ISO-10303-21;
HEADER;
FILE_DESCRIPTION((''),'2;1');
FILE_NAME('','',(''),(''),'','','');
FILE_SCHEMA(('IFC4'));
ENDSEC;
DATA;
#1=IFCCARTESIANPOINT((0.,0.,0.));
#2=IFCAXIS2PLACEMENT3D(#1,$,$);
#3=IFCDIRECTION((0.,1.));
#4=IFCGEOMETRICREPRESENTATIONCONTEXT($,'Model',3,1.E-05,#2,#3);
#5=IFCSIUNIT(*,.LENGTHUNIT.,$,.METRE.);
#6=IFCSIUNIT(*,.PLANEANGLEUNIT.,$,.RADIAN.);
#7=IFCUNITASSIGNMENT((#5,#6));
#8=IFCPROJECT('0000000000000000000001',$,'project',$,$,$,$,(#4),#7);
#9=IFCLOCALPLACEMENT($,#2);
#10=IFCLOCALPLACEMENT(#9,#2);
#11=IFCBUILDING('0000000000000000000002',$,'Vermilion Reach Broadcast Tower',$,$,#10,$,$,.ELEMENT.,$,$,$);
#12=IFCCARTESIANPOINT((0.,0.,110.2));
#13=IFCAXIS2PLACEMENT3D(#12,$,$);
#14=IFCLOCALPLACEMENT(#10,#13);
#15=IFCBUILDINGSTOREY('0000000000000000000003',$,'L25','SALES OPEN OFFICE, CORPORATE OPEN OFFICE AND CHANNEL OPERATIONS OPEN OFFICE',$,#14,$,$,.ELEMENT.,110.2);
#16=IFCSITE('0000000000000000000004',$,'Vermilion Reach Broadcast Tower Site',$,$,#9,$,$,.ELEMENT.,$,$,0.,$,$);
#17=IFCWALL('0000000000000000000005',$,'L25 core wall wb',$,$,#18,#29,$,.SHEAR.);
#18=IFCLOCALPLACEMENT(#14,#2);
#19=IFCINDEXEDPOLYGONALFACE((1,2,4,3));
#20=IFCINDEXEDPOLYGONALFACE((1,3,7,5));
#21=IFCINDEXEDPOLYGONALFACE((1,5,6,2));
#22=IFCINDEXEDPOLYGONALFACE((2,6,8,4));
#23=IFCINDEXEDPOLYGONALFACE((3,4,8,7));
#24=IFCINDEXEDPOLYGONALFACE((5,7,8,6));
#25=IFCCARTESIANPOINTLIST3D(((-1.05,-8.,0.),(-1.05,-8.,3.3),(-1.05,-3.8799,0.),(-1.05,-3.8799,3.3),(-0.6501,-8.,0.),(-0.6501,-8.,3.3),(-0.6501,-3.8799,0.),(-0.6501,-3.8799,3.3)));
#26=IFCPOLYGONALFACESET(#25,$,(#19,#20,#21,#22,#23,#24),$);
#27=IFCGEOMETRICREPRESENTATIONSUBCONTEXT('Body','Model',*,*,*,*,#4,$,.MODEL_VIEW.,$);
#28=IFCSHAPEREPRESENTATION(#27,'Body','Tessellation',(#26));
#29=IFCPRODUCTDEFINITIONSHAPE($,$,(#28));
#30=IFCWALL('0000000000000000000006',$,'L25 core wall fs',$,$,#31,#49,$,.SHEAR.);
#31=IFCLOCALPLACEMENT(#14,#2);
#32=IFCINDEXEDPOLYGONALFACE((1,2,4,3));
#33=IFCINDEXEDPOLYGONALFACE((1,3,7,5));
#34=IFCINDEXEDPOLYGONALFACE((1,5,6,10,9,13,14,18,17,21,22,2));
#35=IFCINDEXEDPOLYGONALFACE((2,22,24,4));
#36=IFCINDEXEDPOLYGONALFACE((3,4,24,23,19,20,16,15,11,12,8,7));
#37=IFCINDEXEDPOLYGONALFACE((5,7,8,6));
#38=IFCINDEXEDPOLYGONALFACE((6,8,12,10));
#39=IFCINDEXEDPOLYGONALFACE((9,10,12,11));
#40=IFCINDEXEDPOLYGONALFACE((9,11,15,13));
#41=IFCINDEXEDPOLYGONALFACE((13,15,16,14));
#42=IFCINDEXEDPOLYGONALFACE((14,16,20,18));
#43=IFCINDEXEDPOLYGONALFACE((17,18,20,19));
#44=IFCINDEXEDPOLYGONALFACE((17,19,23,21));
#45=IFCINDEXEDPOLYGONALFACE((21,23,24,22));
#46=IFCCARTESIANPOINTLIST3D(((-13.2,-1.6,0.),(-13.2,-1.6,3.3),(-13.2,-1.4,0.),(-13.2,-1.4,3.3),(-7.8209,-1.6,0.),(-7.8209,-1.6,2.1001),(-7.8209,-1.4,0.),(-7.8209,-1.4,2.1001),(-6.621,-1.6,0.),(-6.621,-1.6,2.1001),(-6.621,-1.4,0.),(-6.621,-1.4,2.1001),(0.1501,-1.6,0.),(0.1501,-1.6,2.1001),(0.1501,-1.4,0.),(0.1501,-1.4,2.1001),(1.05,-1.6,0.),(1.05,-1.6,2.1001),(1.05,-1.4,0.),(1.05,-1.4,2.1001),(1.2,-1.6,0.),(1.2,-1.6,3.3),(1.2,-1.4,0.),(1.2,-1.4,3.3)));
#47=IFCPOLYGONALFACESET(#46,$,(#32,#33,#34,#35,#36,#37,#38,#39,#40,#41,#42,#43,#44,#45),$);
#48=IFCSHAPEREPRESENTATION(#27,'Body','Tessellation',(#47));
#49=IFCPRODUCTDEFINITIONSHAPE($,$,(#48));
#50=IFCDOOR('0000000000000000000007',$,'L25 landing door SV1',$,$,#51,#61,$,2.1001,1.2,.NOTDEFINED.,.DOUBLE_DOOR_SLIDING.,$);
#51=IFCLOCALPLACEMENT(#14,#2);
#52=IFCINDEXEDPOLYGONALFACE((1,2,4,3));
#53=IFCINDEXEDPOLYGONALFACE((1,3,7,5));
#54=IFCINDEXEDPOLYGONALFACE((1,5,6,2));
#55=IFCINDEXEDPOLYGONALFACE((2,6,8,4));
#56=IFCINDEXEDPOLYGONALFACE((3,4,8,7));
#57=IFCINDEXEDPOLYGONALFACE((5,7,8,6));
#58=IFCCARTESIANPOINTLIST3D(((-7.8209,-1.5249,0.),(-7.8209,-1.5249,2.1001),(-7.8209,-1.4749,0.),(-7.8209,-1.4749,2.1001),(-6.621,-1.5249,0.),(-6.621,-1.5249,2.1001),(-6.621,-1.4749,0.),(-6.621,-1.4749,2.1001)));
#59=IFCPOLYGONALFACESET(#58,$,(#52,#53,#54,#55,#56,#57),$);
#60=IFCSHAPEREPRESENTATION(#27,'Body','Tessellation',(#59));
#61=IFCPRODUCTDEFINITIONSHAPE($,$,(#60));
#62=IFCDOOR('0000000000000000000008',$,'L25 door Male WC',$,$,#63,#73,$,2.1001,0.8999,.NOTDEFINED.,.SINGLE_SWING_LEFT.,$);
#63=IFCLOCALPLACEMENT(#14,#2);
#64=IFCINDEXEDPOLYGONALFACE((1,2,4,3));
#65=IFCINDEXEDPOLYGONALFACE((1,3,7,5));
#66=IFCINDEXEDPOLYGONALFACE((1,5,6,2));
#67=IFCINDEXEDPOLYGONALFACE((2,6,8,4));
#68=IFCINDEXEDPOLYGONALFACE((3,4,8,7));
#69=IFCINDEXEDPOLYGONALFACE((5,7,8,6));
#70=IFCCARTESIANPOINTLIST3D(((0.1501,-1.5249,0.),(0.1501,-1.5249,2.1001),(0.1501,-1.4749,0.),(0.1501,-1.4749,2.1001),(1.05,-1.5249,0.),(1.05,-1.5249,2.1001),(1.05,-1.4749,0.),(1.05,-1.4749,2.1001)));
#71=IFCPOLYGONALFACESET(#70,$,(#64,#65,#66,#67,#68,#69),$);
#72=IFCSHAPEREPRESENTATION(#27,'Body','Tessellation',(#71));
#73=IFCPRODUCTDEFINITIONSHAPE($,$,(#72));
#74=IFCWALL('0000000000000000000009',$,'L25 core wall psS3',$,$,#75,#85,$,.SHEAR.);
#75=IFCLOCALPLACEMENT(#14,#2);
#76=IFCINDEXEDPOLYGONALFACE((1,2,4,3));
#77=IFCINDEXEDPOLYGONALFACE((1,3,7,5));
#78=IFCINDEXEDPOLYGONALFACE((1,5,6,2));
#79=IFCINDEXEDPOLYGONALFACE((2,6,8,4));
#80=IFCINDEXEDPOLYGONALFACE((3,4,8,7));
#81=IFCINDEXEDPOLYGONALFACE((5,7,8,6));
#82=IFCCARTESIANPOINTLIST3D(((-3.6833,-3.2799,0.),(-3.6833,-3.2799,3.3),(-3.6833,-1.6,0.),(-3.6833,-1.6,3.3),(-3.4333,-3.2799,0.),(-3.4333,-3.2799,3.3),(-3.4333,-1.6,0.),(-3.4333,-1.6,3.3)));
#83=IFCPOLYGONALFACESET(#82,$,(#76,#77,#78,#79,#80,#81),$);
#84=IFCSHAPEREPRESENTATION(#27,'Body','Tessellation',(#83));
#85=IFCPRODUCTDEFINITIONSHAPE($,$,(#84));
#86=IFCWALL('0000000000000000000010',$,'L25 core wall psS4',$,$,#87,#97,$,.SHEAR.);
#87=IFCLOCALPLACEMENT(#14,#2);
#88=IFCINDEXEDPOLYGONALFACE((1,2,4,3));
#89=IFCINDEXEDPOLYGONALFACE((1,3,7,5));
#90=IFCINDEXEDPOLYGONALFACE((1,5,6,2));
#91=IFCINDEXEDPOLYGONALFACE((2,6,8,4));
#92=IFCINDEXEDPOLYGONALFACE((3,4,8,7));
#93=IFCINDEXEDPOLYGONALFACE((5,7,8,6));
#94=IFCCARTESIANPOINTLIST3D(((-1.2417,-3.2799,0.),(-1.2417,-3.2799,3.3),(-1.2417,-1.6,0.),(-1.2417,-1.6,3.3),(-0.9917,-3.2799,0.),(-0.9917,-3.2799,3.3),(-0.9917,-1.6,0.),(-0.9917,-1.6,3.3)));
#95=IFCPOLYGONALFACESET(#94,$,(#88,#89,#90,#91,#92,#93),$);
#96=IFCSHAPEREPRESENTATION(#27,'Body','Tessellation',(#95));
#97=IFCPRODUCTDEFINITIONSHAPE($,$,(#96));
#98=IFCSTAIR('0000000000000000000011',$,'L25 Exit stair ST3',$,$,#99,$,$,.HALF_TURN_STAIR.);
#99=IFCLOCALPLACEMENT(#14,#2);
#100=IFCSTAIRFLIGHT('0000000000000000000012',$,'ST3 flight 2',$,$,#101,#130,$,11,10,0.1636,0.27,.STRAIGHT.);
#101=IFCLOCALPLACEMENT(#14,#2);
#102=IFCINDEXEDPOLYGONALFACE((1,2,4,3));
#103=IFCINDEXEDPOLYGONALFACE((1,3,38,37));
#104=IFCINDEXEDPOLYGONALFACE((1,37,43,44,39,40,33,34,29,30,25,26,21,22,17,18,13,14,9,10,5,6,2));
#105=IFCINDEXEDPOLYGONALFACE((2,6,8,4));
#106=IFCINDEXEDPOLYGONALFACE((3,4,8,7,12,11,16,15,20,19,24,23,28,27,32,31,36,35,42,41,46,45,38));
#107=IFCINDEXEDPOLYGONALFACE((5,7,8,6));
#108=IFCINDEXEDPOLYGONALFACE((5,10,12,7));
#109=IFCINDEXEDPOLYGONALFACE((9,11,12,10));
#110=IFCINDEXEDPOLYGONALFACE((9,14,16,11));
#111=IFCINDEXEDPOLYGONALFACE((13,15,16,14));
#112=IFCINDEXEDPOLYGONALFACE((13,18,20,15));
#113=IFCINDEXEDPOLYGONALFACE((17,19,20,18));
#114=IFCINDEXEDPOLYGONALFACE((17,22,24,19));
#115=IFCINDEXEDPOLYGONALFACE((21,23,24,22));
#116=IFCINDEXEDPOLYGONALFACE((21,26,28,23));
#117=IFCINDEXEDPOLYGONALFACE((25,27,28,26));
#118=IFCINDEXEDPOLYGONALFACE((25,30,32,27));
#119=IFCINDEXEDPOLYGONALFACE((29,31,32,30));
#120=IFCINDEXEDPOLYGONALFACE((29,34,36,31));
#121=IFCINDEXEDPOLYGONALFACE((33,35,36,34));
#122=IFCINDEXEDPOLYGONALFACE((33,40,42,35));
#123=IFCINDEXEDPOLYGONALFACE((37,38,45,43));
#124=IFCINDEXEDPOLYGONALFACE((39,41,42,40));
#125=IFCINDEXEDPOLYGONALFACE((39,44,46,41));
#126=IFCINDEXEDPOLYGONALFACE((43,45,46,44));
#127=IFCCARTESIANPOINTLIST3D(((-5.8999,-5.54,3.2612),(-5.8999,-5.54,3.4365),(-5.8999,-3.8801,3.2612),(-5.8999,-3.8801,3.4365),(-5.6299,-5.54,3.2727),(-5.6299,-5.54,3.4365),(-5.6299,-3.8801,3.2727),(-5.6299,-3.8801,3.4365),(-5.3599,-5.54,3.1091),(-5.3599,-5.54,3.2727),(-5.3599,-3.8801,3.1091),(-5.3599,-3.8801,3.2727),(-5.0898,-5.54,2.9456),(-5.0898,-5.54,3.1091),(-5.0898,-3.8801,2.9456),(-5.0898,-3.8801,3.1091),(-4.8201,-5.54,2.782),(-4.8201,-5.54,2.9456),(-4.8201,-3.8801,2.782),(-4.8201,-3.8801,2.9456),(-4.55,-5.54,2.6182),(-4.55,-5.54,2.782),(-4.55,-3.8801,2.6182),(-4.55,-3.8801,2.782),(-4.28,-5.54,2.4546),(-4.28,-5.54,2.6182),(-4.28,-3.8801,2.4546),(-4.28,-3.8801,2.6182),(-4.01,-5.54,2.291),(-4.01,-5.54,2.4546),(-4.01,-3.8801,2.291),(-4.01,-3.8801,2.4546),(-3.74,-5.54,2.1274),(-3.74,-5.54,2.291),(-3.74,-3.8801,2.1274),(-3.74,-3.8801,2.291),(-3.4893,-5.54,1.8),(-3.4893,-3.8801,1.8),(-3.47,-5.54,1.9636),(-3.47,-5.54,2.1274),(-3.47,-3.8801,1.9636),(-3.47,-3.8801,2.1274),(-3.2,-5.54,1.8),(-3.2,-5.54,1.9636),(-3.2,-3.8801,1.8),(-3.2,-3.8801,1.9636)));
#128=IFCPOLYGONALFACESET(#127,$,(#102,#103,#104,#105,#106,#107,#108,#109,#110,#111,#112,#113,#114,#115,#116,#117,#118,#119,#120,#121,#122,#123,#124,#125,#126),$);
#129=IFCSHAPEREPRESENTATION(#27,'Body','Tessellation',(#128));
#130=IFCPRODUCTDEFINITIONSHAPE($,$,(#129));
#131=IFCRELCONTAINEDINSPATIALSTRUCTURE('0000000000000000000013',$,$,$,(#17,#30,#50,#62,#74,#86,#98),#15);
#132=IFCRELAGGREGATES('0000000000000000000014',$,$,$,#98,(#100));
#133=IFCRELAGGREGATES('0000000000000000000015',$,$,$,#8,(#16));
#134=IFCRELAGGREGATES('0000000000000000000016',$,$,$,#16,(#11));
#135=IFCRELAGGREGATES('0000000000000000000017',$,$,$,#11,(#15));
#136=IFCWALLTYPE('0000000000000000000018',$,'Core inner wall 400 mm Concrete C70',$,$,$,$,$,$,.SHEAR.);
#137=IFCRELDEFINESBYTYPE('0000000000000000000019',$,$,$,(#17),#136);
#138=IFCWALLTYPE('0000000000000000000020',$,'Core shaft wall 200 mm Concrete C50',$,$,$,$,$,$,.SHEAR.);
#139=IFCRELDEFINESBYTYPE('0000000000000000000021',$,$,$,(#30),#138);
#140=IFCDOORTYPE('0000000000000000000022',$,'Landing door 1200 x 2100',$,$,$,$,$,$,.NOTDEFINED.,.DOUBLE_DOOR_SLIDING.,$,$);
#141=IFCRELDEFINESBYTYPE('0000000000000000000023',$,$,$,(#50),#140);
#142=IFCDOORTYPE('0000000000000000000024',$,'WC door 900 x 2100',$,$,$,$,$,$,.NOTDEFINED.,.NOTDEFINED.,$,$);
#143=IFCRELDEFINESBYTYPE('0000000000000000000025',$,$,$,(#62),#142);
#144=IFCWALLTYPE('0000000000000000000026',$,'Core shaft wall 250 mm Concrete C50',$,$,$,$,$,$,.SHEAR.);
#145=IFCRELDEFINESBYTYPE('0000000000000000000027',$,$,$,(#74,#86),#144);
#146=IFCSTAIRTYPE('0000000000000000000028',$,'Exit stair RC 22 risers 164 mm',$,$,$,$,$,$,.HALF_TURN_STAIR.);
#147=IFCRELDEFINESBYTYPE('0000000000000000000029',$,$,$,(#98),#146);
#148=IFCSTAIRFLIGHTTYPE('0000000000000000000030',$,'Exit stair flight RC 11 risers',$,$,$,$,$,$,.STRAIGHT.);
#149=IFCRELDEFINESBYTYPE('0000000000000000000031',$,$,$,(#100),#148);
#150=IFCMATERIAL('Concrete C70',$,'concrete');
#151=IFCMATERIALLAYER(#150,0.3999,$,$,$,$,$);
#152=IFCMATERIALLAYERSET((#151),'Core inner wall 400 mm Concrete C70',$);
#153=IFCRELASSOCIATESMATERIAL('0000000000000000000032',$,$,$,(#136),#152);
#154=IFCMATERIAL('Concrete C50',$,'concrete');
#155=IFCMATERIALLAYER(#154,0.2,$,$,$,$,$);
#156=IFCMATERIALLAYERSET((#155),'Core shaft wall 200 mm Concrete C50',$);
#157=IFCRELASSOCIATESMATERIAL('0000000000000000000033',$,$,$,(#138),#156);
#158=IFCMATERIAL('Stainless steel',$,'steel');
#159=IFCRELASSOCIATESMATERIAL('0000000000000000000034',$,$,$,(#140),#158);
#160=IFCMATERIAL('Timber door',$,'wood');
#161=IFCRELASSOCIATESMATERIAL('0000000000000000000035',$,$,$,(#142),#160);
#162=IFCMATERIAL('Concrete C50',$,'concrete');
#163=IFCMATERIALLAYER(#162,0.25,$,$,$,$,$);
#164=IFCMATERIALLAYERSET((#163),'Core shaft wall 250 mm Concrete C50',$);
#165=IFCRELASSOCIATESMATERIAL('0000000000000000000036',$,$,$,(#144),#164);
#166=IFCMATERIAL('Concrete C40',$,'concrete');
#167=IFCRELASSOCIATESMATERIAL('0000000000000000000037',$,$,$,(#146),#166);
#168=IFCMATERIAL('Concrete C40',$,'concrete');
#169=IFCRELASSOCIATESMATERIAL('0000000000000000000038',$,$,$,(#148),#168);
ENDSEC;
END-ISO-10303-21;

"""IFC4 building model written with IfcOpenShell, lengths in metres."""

from ifc_helpers import new_model, si_unit, direction, frame, frame_2d, origin, place, context, subcontext, project, spatial, polyline, rectangle, outline, extrude, material, layer, layer_set, type_object, element, fill, aggregate, save


model = new_model("IFC4")

# Units and contexts
model_context = context("Model", 3, precision=1e-05, world=origin(), true_north=direction((0.0, 1.0)))
body_context = subcontext(model_context, "Body", "Model", "MODEL_VIEW")
ifc_project = project(units=[si_unit("LENGTHUNIT", "METRE"), si_unit("PLANEANGLEUNIT", "RADIAN")], contexts=[model_context])

# Site, building, storey
site_placement = place(None, origin())
site = spatial("IfcSite", under=ifc_project, at=site_placement, Name="Vermilion Reach Broadcast Tower Site", CompositionType="ELEMENT", RefElevation=0.0)
building_placement = place(site_placement, origin())
building = spatial("IfcBuilding", under=site, at=building_placement, Name="Vermilion Reach Broadcast Tower", CompositionType="ELEMENT")
storey_placement = place(building_placement, frame((0.0, 0.0, 110.2)))
storey = spatial("IfcBuildingStorey", under=building, at=storey_placement, Name="L25", Description="SALES OPEN OFFICE, CORPORATE OPEN OFFICE AND CHANNEL OPERATIONS OPEN OFFICE", CompositionType="ELEMENT", Elevation=110.2)

# Wall
ifc_material_1 = material(Name="Concrete C70", Category="concrete")
ifc_layer_1 = layer(ifc_material_1, 0.3999)
ifc_layer_set_1 = layer_set([ifc_layer_1], Name="Core inner wall 400 mm Concrete C70")
wall_type_1 = type_object("IfcWallType", Name="Core inner wall 400 mm Concrete C70", PredefinedType="SHEAR", material=ifc_layer_set_1)
wall_1_placement = place(storey_placement, frame((-0.8501, -3.8799, 0.0), z_axis=(0.0, 0.0, 1.0), x_axis=(0.0, -1.0, 0.0)))
element("IfcWall", 1, at=wall_1_placement, inside=storey, type_object=wall_type_1, Name="L25 core wall wb", PredefinedType="SHEAR", context=body_context, shape_type="SweptSolid", body=[
    extrude(rectangle(XDim=4.1201, YDim=0.3999, at=frame_2d((2.0601, 0.0))), origin(), (0.0, 0.0, 1.0), 3.3),
])

# Wall, openings, doors
ifc_material_2 = material(Name="Concrete C50", Category="concrete")
ifc_layer_2 = layer(ifc_material_2, 0.2)
ifc_layer_set_2 = layer_set([ifc_layer_2], Name="Core shaft wall 200 mm Concrete C50")
wall_type_2 = type_object("IfcWallType", Name="Core shaft wall 200 mm Concrete C50", PredefinedType="SHEAR", material=ifc_layer_set_2)
wall_2_placement = place(storey_placement, frame((1.2, -1.5, 0.0), z_axis=(0.0, 0.0, 1.0), x_axis=(-1.0, 0.0, 0.0)))
wall_2 = element("IfcWall", 2, at=wall_2_placement, inside=storey, type_object=wall_type_2, Name="L25 core wall fs", PredefinedType="SHEAR", context=body_context, shape_type="SweptSolid", body=[
    extrude(rectangle(XDim=14.3999, YDim=0.2, at=frame_2d((7.2, 0.0))), origin(), (0.0, 0.0, 1.0), 3.3),
])
opening_1_placement = place(wall_2_placement, frame((7.8208, 0.0, 0.0)))
opening_1 = element("IfcOpeningElement", 3, at=opening_1_placement, cuts=wall_2, PredefinedType="OPENING", context=body_context, shape_type="SweptSolid", body=[
    extrude(rectangle(XDim=1.2, YDim=2.1001, at=frame_2d((0.6001, 1.05))), frame((0.0, 0.1099, 0.0), z_axis=(0.0, -1.0, 0.0), x_axis=(1.0, 0.0, 0.0)), (0.0, 0.0, 1.0), 0.22),
])
opening_2_placement = place(wall_2_placement, frame((0.1499, 0.0, 0.0)))
opening_2 = element("IfcOpeningElement", 4, at=opening_2_placement, cuts=wall_2, PredefinedType="OPENING", context=body_context, shape_type="SweptSolid", body=[
    extrude(rectangle(XDim=0.8999, YDim=2.1001, at=frame_2d((0.45, 1.05))), frame((0.0, 0.1099, 0.0), z_axis=(0.0, -1.0, 0.0), x_axis=(1.0, 0.0, 0.0)), (0.0, 0.0, 1.0), 0.22),
])
ifc_material_3 = material(Name="Stainless steel", Category="steel")
door_type_1 = type_object("IfcDoorType", Name="Landing door 1200 x 2100", OperationType="DOUBLE_DOOR_SLIDING", PredefinedType="NOTDEFINED", material=ifc_material_3)
door_1_placement = place(opening_1_placement, origin())
door_1 = element("IfcDoor", 5, at=door_1_placement, inside=storey, type_object=door_type_1, Name="L25 landing door SV1", OperationType="DOUBLE_DOOR_SLIDING", OverallHeight=2.1001, OverallWidth=1.2, PredefinedType="NOTDEFINED", context=body_context, shape_type="SweptSolid", body=[
    extrude(rectangle(XDim=1.2, YDim=2.1001, at=frame_2d((0.6001, 1.05))), frame((0.0, 0.0249, 0.0), z_axis=(0.0, -1.0, 0.0), x_axis=(1.0, 0.0, 0.0)), (0.0, 0.0, 1.0), 0.05),
])
fill(opening_1, door_1)
ifc_material_4 = material(Name="Timber door", Category="wood")
door_type_2 = type_object("IfcDoorType", Name="WC door 900 x 2100", OperationType="NOTDEFINED", PredefinedType="NOTDEFINED", material=ifc_material_4)
door_2_placement = place(opening_2_placement, origin())
door_2 = element("IfcDoor", 6, at=door_2_placement, inside=storey, type_object=door_type_2, Name="L25 door Male WC", OperationType="SINGLE_SWING_LEFT", OverallHeight=2.1001, OverallWidth=0.8999, PredefinedType="NOTDEFINED", context=body_context, shape_type="SweptSolid", body=[
    extrude(rectangle(XDim=0.8999, YDim=2.1001, at=frame_2d((0.45, 1.05))), frame((0.0, 0.0249, 0.0), z_axis=(0.0, -1.0, 0.0), x_axis=(1.0, 0.0, 0.0)), (0.0, 0.0, 1.0), 0.05),
])
fill(opening_2, door_2)

# Walls
ifc_material_5 = material(Name="Concrete C50", Category="concrete")
ifc_layer_3 = layer(ifc_material_5, 0.25)
ifc_layer_set_3 = layer_set([ifc_layer_3], Name="Core shaft wall 250 mm Concrete C50")
wall_type_3 = type_object("IfcWallType", Name="Core shaft wall 250 mm Concrete C50", PredefinedType="SHEAR", material=ifc_layer_set_3)
for number, where, z_axis, x_axis, name in (
    (7, (-3.5583, -1.6001, 0.0), (0.0, 0.0, 1.0), (0.0, -1.0, 0.0), "L25 core wall psS3"),
    (8, (-1.1167, -1.6001, 0.0), (0.0, 0.0, 1.0), (0.0, -1.0, 0.0), "L25 core wall psS4"),
):
    element("IfcWall", number, at=place(storey_placement, frame(where, z_axis=z_axis, x_axis=x_axis)), inside=storey, type_object=wall_type_3, Name=name, PredefinedType="SHEAR", context=body_context, shape_type="SweptSolid", body=[
        extrude(rectangle(XDim=1.6799, YDim=0.25, at=frame_2d((0.8398, 0.0))), origin(), (0.0, 0.0, 1.0), 3.3),
    ])

# Stair, stair flight
ifc_material_6 = material(Name="Concrete C40", Category="concrete")
stair_type = type_object("IfcStairType", Name="Exit stair RC 22 risers 164 mm", PredefinedType="HALF_TURN_STAIR", material=ifc_material_6)
placement_1 = place(storey_placement, origin())
stair = element("IfcStair", 9, at=placement_1, inside=storey, type_object=stair_type, Name="L25 Exit stair ST3", PredefinedType="HALF_TURN_STAIR")
ifc_material_7 = material(Name="Concrete C40", Category="concrete")
stair_flight_type = type_object("IfcStairFlightType", Name="Exit stair flight RC 11 risers", PredefinedType="STRAIGHT", material=ifc_material_7)
stair_flight_placement = place(storey_placement, frame((-3.2, -4.71, 1.8), z_axis=(0.0, 0.0, 1.0), x_axis=(-1.0, 0.0, 0.0)))
stair_flight = element("IfcStairFlight", 10, at=stair_flight_placement, type_object=stair_flight_type, Name="ST3 flight 2", NumberOfRisers=11, NumberOfTreads=10, PredefinedType="STRAIGHT", RiserHeight=0.1636, TreadLength=0.27, context=body_context, shape_type="SweptSolid", body=[
    extrude(outline(polyline([(0.0, 0.0), (0.0, 0.1636), (0.27, 0.1636), (0.27, 0.3274), (0.54, 0.3274), (0.54, 0.491), (0.8101, 0.491), (0.8101, 0.6545), (1.0801, 0.6545), (1.0801, 0.8181), (1.3501, 0.8181), (1.3501, 0.9819), (1.6201, 0.9819), (1.6201, 1.1455), (1.8899, 1.1455), (1.8899, 1.3091), (2.1599, 1.3091), (2.1599, 1.4727), (2.4299, 1.4727), (2.4299, 1.6365), (2.7, 1.6365), (2.7, 1.8), (2.7, 1.4612), (0.2893, 0.0), (0.0, 0.0)])), frame((0.0, 0.8301, 0.0), z_axis=(0.0, -1.0, 0.0), x_axis=(1.0, 0.0, 0.0)), (0.0, 0.0, 1.0), 1.6599),
])
aggregate(stair, [stair_flight])

save(model, "model.ifc")
